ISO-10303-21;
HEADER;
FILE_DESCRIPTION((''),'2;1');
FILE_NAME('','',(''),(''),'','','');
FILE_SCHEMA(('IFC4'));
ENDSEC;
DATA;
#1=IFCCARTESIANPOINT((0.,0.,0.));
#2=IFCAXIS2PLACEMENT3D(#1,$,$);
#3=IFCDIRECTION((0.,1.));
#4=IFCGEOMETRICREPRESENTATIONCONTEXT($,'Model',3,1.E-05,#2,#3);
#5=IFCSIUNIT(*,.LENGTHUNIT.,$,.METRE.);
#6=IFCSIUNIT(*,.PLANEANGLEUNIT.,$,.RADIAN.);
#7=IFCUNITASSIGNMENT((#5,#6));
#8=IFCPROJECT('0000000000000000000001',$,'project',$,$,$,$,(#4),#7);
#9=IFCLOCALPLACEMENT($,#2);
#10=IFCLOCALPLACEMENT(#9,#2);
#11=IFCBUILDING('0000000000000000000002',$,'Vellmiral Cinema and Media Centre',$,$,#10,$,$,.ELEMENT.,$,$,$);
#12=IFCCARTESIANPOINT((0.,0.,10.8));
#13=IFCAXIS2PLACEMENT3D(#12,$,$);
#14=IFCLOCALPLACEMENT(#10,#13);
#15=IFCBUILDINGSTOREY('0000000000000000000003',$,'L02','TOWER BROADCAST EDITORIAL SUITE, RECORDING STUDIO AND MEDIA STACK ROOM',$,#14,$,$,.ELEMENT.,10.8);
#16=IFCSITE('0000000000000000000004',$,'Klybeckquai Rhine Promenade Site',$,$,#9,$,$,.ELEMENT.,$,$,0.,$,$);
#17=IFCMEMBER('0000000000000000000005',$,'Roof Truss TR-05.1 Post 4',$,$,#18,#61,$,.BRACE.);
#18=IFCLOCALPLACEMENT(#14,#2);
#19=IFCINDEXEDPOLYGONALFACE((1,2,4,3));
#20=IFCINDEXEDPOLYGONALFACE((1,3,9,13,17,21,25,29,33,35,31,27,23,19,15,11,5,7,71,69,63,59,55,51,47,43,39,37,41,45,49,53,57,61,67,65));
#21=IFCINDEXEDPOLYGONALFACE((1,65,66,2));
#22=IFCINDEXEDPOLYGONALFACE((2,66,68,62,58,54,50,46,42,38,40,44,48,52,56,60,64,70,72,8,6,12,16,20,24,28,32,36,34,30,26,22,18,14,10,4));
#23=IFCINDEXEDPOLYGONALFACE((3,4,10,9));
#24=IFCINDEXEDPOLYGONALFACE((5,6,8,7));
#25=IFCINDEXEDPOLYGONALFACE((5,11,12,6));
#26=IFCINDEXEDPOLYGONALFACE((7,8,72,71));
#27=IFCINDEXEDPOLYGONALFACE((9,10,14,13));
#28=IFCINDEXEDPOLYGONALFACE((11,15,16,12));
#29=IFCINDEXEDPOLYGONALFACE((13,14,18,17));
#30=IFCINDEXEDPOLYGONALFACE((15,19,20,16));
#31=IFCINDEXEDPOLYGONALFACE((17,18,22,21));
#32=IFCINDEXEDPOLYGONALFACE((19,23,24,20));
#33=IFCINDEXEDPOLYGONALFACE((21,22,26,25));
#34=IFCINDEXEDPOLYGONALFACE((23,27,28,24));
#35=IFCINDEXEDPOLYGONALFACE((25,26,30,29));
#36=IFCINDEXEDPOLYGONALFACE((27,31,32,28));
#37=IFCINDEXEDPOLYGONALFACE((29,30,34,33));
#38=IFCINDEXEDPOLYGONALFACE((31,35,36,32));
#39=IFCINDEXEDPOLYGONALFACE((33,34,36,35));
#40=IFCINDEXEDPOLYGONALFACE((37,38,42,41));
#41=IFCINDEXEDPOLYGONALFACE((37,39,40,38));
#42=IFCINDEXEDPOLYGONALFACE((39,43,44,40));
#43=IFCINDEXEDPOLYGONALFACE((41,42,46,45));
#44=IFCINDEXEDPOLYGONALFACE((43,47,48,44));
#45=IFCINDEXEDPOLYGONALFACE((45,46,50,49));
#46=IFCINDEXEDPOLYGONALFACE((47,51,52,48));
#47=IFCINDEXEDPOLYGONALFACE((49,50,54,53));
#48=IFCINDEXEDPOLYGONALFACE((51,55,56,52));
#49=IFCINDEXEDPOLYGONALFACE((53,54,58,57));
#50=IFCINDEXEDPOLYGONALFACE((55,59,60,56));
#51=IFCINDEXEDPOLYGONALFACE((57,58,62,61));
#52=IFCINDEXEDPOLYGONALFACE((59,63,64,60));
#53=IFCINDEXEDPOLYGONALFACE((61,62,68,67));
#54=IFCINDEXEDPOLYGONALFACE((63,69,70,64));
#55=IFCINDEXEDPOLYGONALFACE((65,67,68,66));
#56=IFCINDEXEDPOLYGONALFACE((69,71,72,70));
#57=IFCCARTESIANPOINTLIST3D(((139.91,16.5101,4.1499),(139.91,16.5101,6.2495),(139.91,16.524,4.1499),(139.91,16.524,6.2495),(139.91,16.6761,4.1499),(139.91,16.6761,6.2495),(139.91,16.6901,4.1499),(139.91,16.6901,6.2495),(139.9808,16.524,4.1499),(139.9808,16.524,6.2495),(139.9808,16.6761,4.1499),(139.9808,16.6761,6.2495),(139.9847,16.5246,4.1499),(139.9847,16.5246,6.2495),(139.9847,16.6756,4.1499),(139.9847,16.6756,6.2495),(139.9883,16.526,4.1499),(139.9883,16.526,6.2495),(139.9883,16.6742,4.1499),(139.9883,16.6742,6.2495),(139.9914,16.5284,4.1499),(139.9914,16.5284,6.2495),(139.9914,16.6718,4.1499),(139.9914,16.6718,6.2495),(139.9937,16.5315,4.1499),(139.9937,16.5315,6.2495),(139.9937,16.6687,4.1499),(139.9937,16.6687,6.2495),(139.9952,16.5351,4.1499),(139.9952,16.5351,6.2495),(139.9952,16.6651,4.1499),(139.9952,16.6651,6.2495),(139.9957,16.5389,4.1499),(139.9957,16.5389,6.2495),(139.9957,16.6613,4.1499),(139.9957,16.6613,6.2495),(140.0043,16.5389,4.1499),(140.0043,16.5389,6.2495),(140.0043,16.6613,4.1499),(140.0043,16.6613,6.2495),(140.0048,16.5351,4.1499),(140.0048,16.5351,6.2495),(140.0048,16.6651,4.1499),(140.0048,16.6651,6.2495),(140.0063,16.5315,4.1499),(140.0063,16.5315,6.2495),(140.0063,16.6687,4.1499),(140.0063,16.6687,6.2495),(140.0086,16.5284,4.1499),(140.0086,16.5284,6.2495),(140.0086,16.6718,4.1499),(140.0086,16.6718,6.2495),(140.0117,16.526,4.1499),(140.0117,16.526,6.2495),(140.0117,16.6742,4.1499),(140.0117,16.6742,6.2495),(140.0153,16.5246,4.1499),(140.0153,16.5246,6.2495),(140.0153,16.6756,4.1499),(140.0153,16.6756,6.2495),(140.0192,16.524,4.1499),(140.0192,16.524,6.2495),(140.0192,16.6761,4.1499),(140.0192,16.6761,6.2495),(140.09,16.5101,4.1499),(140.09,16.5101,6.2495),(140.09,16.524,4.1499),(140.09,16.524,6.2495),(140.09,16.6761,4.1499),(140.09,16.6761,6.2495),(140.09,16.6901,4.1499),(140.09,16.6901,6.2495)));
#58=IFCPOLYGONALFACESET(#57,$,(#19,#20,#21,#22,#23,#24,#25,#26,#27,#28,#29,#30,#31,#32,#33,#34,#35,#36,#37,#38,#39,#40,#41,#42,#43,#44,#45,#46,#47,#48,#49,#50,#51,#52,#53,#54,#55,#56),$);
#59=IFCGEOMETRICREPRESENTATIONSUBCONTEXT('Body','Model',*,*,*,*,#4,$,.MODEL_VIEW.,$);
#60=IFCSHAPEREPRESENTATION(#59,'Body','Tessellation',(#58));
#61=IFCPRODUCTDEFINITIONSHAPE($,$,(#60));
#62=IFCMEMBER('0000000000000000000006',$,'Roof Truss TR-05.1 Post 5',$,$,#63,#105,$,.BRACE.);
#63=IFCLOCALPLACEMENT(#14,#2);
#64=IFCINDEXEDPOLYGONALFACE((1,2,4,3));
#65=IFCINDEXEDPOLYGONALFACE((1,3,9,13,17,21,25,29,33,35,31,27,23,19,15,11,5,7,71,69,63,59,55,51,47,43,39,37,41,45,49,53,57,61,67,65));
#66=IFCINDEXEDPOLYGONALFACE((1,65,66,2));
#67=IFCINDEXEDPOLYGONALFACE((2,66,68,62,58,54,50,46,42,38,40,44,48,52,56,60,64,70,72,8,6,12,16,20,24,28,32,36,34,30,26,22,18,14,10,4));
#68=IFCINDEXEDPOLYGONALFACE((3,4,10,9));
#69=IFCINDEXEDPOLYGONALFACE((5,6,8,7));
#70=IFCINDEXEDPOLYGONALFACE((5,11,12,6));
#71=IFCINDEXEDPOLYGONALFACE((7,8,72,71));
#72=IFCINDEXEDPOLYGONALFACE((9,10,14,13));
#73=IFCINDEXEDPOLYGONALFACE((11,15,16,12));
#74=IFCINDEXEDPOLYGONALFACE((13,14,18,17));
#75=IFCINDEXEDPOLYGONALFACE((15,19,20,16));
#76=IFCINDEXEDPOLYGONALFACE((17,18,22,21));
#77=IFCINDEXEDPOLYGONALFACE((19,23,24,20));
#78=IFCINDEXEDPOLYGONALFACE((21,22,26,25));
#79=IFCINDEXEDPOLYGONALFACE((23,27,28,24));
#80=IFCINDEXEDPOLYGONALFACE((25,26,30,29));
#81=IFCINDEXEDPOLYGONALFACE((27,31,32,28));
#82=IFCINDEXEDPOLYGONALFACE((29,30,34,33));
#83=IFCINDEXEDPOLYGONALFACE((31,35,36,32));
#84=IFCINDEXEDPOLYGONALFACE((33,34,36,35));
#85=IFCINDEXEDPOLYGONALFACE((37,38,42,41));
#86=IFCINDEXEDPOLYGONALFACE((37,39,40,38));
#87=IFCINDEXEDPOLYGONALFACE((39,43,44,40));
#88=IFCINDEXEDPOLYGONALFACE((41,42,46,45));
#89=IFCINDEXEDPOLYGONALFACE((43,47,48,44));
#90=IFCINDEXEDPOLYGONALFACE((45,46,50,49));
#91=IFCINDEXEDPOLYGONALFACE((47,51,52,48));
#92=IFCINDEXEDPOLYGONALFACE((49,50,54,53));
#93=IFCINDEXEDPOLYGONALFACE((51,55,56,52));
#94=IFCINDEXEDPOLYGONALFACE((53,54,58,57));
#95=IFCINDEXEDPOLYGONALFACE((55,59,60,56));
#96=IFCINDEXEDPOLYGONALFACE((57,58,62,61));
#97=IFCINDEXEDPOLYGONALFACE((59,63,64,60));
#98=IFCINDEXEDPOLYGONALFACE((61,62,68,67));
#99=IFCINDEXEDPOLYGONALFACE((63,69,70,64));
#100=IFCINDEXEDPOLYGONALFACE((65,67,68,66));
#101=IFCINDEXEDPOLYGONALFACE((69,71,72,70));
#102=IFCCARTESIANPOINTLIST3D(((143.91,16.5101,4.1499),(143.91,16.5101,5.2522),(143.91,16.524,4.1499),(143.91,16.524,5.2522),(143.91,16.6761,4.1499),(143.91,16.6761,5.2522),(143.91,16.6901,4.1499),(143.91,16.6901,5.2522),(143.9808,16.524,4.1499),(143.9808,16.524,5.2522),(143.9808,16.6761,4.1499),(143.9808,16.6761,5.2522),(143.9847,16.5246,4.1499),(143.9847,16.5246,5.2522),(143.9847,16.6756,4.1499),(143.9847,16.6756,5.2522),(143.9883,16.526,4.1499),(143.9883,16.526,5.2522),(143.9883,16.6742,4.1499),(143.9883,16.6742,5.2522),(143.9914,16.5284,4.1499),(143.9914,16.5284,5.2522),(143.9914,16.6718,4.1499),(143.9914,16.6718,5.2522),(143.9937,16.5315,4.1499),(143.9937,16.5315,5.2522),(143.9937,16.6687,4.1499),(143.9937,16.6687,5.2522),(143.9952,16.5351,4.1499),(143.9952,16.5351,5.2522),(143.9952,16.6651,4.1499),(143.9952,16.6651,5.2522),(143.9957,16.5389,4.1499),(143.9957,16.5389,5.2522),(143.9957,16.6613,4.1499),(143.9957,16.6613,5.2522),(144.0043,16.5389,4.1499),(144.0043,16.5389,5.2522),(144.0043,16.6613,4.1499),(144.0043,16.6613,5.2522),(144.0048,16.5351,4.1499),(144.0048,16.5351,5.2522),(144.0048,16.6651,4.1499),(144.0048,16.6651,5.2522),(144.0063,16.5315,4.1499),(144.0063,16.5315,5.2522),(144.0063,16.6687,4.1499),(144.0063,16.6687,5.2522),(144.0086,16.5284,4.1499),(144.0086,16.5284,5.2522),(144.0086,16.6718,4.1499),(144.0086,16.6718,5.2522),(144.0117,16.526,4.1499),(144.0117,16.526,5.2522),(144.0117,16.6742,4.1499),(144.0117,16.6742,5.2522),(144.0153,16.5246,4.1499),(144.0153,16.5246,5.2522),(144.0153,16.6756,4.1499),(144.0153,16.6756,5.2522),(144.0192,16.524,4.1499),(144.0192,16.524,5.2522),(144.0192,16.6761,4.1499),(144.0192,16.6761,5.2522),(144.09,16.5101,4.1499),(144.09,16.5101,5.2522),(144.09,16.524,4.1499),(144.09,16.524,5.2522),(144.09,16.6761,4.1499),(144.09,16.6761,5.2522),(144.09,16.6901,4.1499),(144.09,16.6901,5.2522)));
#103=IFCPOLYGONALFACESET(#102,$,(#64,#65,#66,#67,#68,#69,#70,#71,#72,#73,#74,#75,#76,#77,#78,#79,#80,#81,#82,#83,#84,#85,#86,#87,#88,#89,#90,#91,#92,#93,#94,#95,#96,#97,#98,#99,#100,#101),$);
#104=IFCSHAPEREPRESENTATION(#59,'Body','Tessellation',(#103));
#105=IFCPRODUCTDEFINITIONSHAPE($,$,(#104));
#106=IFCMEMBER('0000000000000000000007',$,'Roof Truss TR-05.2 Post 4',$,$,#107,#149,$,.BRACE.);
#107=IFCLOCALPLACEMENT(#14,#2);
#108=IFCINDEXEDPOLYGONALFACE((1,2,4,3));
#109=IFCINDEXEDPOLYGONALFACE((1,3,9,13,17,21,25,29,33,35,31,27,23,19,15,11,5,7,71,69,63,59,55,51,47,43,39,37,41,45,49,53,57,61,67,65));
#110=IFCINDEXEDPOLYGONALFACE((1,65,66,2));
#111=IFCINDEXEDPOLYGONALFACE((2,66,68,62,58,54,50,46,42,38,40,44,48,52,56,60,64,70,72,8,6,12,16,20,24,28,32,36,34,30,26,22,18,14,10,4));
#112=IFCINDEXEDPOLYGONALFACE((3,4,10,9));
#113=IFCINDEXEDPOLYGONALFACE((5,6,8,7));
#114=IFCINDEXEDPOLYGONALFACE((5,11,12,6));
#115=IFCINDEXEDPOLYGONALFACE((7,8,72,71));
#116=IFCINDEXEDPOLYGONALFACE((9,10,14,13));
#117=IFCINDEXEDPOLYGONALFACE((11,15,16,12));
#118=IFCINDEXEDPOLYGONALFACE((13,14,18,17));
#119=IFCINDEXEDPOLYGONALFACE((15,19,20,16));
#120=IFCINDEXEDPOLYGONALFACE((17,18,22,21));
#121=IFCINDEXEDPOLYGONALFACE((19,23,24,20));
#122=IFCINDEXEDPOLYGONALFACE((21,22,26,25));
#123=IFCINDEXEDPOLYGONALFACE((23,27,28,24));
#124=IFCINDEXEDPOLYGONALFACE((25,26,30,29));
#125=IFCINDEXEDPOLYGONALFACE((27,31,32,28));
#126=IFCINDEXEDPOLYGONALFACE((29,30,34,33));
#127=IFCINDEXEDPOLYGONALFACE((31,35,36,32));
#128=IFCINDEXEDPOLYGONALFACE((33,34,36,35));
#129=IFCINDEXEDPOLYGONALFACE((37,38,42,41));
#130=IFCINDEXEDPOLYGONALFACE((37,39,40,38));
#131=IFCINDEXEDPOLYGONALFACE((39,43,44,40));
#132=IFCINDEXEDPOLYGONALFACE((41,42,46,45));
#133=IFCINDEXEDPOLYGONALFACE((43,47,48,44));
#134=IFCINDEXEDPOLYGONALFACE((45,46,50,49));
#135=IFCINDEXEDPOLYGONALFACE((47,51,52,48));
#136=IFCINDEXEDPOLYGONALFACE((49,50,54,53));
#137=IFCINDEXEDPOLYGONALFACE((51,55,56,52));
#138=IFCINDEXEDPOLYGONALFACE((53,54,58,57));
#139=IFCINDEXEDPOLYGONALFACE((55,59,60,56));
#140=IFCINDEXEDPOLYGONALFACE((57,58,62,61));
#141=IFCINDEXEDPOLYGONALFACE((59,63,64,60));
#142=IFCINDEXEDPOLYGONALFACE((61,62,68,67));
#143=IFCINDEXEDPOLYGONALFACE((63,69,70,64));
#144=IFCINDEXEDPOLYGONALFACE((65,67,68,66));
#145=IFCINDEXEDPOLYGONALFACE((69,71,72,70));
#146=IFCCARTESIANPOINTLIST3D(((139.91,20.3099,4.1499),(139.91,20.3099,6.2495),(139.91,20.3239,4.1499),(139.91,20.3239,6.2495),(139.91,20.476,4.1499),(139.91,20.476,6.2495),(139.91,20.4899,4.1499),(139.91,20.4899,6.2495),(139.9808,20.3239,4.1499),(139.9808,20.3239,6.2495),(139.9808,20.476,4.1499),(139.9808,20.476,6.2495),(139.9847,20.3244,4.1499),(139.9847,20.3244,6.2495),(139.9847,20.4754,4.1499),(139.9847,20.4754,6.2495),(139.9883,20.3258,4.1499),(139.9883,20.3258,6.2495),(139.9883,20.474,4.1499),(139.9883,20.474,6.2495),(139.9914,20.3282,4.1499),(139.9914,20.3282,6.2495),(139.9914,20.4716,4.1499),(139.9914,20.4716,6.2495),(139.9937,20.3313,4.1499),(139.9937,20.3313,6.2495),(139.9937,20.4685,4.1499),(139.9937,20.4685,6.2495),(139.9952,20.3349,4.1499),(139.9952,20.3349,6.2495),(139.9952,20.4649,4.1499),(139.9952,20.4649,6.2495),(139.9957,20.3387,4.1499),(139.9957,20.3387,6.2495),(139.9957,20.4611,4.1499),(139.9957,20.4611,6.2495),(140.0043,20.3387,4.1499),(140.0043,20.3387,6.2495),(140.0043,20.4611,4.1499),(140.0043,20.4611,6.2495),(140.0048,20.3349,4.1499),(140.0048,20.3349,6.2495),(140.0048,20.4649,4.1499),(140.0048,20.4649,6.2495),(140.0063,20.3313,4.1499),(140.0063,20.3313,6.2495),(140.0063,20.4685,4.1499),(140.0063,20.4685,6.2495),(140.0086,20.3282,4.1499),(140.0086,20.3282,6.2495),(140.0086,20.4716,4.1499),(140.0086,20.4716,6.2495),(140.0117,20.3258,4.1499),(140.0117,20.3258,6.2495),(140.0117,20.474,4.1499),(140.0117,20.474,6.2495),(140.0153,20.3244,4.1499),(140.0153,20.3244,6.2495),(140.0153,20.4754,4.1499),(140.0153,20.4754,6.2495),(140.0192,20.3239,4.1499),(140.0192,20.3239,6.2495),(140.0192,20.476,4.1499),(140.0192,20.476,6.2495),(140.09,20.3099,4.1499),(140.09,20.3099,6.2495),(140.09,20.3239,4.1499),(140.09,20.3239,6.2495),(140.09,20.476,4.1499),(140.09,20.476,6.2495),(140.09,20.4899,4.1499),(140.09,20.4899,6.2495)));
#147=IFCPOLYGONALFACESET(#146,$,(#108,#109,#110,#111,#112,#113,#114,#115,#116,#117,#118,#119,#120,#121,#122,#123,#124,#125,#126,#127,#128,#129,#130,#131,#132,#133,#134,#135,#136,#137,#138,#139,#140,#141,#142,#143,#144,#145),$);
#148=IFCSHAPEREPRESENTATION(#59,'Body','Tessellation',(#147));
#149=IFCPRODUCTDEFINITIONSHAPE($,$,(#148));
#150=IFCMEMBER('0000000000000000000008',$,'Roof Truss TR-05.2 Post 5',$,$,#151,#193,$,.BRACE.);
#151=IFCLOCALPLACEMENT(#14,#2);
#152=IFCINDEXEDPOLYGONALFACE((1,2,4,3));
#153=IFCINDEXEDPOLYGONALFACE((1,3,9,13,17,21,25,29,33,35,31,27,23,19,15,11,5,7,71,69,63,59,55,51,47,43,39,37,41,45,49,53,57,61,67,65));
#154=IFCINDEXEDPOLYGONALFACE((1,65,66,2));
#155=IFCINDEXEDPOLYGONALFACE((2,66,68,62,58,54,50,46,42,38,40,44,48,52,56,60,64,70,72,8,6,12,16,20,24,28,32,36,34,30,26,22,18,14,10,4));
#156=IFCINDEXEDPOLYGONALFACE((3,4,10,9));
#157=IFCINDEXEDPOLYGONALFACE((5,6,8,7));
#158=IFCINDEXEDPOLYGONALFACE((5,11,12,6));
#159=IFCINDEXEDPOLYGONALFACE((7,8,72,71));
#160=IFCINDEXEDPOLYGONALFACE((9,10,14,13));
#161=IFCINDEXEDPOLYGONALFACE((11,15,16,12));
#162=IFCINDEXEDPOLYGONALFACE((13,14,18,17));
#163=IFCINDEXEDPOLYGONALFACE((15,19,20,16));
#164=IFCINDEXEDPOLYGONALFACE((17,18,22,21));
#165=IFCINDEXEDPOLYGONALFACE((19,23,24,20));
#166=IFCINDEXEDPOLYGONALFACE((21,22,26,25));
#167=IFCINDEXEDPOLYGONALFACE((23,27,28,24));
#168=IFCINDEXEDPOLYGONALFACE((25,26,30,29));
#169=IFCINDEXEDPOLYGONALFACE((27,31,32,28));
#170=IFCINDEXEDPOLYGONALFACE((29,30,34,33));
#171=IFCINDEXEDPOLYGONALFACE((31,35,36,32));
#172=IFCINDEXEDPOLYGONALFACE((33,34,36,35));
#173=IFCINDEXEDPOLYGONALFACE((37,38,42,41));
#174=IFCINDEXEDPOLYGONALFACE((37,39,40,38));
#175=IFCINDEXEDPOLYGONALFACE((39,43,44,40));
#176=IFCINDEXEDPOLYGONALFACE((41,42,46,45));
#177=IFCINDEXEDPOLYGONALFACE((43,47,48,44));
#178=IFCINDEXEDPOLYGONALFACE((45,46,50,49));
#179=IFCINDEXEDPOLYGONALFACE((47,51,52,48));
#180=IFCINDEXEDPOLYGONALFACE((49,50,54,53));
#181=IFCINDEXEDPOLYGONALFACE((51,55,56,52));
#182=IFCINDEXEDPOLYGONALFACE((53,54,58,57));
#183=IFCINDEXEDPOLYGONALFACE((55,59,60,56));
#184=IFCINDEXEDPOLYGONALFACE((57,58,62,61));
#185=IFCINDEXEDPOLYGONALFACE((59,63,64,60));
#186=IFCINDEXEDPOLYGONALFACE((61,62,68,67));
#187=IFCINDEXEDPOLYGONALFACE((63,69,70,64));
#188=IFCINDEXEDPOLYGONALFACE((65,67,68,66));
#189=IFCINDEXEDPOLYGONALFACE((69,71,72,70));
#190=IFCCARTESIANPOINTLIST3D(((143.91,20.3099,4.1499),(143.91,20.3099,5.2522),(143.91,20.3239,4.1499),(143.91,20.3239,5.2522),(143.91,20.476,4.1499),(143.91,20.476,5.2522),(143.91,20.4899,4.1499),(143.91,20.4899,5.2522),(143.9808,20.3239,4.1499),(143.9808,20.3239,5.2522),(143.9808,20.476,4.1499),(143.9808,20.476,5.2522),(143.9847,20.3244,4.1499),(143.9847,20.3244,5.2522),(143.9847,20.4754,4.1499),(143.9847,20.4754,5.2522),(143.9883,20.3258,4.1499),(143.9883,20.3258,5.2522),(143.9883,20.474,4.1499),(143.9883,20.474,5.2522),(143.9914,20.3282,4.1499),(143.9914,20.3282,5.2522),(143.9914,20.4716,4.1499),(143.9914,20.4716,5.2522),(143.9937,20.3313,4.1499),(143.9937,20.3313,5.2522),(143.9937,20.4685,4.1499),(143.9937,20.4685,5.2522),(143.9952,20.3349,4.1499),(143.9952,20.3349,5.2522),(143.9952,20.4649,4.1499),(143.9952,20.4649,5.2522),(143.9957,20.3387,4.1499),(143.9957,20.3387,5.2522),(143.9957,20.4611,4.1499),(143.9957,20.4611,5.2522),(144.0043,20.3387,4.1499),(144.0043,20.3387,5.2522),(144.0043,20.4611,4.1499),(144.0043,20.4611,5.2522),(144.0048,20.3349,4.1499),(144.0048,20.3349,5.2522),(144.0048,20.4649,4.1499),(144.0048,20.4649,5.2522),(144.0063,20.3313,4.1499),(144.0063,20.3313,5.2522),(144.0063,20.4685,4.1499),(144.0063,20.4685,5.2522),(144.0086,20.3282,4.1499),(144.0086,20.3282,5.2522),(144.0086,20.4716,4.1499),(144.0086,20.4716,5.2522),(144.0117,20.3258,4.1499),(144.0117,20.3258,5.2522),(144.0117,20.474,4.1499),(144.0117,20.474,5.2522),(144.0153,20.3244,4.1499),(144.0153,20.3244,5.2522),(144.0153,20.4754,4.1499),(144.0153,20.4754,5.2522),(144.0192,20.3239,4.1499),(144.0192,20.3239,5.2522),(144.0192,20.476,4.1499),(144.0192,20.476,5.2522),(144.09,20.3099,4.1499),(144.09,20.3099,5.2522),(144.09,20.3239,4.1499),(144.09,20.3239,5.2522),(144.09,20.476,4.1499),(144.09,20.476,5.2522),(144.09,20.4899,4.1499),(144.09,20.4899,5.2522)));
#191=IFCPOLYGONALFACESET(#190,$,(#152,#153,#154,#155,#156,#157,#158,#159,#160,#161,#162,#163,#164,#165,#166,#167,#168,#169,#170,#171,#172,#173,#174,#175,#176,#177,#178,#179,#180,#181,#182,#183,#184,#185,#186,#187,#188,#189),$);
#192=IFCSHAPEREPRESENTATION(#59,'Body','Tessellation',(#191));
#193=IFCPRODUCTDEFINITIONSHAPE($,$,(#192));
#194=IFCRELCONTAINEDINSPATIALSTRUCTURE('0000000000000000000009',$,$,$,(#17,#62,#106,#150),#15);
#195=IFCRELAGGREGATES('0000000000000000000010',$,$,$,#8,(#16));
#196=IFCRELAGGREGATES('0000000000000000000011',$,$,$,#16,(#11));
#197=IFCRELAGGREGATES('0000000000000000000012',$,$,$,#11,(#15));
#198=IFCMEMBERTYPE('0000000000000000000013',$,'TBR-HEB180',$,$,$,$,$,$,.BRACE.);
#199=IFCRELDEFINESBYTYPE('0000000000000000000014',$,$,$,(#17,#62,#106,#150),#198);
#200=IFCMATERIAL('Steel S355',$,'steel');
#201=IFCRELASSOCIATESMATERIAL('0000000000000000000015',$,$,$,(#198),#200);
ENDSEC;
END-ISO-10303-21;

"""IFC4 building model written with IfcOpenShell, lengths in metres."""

from ifc_helpers import new_model, si_unit, direction, frame, origin, origin_2d, place, context, subcontext, project, spatial, i_section, extrude, material, material_profile, profile_set, type_object, element, save


model = new_model("IFC4")

# Units and contexts
model_context = context("Model", 3, precision=1e-05, world=origin(), true_north=direction((0.0, 1.0)))
body_context = subcontext(model_context, "Body", "Model", "MODEL_VIEW")
ifc_project = project(units=[si_unit("LENGTHUNIT", "METRE"), si_unit("PLANEANGLEUNIT", "RADIAN")], contexts=[model_context])

# Site, building, storey
site_placement = place(None, origin())
site = spatial("IfcSite", under=ifc_project, at=site_placement, Name="Klybeckquai Rhine Promenade Site", CompositionType="ELEMENT", RefElevation=0.0)
building_placement = place(site_placement, origin())
building = spatial("IfcBuilding", under=site, at=building_placement, Name="Vellmiral Cinema and Media Centre", CompositionType="ELEMENT")
storey_placement = place(building_placement, frame((0.0, 0.0, 10.8)))
storey = spatial("IfcBuildingStorey", under=building, at=storey_placement, Name="L02", Description="TOWER BROADCAST EDITORIAL SUITE, RECORDING STUDIO AND MEDIA STACK ROOM", CompositionType="ELEMENT", Elevation=10.8)

# Members
ifc_material_1 = material(Name="Steel S355", Category="steel")
ifc_material_profile_1 = material_profile(ifc_material_1, i_section(OverallWidth=0.1799, OverallDepth=0.1799, WebThickness=0.0085, FlangeThickness=0.0139, FilletRadius=0.0149, at=origin_2d()), Name="HEB 180")
ifc_profile_set_1 = profile_set([ifc_material_profile_1], Name="Steel S355")
member_type_1 = type_object("IfcMemberType", Name="TBR-HEB180", PredefinedType="BRACE", material=ifc_profile_set_1)
member_1_placement = place(storey_placement, frame((140.0, 16.6001, 4.1499), z_axis=(0.0, 0.0, 1.0), x_axis=(1.0, 0.0, 0.0)))
element("IfcMember", 1, at=member_1_placement, inside=storey, type_object=member_type_1, Name="Roof Truss TR-05.1 Post 4", PredefinedType="BRACE", context=body_context, shape_type="SweptSolid", body=[
    extrude(i_section(OverallWidth=0.1799, OverallDepth=0.1799, WebThickness=0.0085, FlangeThickness=0.0139, FilletRadius=0.0149, at=origin_2d()), origin(), (0.0, 0.0, 1.0), 2.0996),
])
member_2_placement = place(storey_placement, frame((144.0, 16.6001, 4.1499), z_axis=(0.0, 0.0, 1.0), x_axis=(1.0, 0.0, 0.0)))
element("IfcMember", 2, at=member_2_placement, inside=storey, type_object=member_type_1, Name="Roof Truss TR-05.1 Post 5", PredefinedType="BRACE", context=body_context, shape_type="SweptSolid", body=[
    extrude(i_section(OverallWidth=0.1799, OverallDepth=0.1799, WebThickness=0.0085, FlangeThickness=0.0139, FilletRadius=0.0149, at=origin_2d()), origin(), (0.0, 0.0, 1.0), 1.1023),
])
member_3_placement = place(storey_placement, frame((140.0, 20.3999, 4.1499), z_axis=(0.0, 0.0, 1.0), x_axis=(1.0, 0.0, 0.0)))
element("IfcMember", 3, at=member_3_placement, inside=storey, type_object=member_type_1, Name="Roof Truss TR-05.2 Post 4", PredefinedType="BRACE", context=body_context, shape_type="SweptSolid", body=[
    extrude(i_section(OverallWidth=0.1799, OverallDepth=0.1799, WebThickness=0.0085, FlangeThickness=0.0139, FilletRadius=0.0149, at=origin_2d()), origin(), (0.0, 0.0, 1.0), 2.0996),
])
member_4_placement = place(storey_placement, frame((144.0, 20.3999, 4.1499), z_axis=(0.0, 0.0, 1.0), x_axis=(1.0, 0.0, 0.0)))
element("IfcMember", 4, at=member_4_placement, inside=storey, type_object=member_type_1, Name="Roof Truss TR-05.2 Post 5", PredefinedType="BRACE", context=body_context, shape_type="SweptSolid", body=[
    extrude(i_section(OverallWidth=0.1799, OverallDepth=0.1799, WebThickness=0.0085, FlangeThickness=0.0139, FilletRadius=0.0149, at=origin_2d()), origin(), (0.0, 0.0, 1.0), 1.1023),
])

save(model, "model.ifc")
